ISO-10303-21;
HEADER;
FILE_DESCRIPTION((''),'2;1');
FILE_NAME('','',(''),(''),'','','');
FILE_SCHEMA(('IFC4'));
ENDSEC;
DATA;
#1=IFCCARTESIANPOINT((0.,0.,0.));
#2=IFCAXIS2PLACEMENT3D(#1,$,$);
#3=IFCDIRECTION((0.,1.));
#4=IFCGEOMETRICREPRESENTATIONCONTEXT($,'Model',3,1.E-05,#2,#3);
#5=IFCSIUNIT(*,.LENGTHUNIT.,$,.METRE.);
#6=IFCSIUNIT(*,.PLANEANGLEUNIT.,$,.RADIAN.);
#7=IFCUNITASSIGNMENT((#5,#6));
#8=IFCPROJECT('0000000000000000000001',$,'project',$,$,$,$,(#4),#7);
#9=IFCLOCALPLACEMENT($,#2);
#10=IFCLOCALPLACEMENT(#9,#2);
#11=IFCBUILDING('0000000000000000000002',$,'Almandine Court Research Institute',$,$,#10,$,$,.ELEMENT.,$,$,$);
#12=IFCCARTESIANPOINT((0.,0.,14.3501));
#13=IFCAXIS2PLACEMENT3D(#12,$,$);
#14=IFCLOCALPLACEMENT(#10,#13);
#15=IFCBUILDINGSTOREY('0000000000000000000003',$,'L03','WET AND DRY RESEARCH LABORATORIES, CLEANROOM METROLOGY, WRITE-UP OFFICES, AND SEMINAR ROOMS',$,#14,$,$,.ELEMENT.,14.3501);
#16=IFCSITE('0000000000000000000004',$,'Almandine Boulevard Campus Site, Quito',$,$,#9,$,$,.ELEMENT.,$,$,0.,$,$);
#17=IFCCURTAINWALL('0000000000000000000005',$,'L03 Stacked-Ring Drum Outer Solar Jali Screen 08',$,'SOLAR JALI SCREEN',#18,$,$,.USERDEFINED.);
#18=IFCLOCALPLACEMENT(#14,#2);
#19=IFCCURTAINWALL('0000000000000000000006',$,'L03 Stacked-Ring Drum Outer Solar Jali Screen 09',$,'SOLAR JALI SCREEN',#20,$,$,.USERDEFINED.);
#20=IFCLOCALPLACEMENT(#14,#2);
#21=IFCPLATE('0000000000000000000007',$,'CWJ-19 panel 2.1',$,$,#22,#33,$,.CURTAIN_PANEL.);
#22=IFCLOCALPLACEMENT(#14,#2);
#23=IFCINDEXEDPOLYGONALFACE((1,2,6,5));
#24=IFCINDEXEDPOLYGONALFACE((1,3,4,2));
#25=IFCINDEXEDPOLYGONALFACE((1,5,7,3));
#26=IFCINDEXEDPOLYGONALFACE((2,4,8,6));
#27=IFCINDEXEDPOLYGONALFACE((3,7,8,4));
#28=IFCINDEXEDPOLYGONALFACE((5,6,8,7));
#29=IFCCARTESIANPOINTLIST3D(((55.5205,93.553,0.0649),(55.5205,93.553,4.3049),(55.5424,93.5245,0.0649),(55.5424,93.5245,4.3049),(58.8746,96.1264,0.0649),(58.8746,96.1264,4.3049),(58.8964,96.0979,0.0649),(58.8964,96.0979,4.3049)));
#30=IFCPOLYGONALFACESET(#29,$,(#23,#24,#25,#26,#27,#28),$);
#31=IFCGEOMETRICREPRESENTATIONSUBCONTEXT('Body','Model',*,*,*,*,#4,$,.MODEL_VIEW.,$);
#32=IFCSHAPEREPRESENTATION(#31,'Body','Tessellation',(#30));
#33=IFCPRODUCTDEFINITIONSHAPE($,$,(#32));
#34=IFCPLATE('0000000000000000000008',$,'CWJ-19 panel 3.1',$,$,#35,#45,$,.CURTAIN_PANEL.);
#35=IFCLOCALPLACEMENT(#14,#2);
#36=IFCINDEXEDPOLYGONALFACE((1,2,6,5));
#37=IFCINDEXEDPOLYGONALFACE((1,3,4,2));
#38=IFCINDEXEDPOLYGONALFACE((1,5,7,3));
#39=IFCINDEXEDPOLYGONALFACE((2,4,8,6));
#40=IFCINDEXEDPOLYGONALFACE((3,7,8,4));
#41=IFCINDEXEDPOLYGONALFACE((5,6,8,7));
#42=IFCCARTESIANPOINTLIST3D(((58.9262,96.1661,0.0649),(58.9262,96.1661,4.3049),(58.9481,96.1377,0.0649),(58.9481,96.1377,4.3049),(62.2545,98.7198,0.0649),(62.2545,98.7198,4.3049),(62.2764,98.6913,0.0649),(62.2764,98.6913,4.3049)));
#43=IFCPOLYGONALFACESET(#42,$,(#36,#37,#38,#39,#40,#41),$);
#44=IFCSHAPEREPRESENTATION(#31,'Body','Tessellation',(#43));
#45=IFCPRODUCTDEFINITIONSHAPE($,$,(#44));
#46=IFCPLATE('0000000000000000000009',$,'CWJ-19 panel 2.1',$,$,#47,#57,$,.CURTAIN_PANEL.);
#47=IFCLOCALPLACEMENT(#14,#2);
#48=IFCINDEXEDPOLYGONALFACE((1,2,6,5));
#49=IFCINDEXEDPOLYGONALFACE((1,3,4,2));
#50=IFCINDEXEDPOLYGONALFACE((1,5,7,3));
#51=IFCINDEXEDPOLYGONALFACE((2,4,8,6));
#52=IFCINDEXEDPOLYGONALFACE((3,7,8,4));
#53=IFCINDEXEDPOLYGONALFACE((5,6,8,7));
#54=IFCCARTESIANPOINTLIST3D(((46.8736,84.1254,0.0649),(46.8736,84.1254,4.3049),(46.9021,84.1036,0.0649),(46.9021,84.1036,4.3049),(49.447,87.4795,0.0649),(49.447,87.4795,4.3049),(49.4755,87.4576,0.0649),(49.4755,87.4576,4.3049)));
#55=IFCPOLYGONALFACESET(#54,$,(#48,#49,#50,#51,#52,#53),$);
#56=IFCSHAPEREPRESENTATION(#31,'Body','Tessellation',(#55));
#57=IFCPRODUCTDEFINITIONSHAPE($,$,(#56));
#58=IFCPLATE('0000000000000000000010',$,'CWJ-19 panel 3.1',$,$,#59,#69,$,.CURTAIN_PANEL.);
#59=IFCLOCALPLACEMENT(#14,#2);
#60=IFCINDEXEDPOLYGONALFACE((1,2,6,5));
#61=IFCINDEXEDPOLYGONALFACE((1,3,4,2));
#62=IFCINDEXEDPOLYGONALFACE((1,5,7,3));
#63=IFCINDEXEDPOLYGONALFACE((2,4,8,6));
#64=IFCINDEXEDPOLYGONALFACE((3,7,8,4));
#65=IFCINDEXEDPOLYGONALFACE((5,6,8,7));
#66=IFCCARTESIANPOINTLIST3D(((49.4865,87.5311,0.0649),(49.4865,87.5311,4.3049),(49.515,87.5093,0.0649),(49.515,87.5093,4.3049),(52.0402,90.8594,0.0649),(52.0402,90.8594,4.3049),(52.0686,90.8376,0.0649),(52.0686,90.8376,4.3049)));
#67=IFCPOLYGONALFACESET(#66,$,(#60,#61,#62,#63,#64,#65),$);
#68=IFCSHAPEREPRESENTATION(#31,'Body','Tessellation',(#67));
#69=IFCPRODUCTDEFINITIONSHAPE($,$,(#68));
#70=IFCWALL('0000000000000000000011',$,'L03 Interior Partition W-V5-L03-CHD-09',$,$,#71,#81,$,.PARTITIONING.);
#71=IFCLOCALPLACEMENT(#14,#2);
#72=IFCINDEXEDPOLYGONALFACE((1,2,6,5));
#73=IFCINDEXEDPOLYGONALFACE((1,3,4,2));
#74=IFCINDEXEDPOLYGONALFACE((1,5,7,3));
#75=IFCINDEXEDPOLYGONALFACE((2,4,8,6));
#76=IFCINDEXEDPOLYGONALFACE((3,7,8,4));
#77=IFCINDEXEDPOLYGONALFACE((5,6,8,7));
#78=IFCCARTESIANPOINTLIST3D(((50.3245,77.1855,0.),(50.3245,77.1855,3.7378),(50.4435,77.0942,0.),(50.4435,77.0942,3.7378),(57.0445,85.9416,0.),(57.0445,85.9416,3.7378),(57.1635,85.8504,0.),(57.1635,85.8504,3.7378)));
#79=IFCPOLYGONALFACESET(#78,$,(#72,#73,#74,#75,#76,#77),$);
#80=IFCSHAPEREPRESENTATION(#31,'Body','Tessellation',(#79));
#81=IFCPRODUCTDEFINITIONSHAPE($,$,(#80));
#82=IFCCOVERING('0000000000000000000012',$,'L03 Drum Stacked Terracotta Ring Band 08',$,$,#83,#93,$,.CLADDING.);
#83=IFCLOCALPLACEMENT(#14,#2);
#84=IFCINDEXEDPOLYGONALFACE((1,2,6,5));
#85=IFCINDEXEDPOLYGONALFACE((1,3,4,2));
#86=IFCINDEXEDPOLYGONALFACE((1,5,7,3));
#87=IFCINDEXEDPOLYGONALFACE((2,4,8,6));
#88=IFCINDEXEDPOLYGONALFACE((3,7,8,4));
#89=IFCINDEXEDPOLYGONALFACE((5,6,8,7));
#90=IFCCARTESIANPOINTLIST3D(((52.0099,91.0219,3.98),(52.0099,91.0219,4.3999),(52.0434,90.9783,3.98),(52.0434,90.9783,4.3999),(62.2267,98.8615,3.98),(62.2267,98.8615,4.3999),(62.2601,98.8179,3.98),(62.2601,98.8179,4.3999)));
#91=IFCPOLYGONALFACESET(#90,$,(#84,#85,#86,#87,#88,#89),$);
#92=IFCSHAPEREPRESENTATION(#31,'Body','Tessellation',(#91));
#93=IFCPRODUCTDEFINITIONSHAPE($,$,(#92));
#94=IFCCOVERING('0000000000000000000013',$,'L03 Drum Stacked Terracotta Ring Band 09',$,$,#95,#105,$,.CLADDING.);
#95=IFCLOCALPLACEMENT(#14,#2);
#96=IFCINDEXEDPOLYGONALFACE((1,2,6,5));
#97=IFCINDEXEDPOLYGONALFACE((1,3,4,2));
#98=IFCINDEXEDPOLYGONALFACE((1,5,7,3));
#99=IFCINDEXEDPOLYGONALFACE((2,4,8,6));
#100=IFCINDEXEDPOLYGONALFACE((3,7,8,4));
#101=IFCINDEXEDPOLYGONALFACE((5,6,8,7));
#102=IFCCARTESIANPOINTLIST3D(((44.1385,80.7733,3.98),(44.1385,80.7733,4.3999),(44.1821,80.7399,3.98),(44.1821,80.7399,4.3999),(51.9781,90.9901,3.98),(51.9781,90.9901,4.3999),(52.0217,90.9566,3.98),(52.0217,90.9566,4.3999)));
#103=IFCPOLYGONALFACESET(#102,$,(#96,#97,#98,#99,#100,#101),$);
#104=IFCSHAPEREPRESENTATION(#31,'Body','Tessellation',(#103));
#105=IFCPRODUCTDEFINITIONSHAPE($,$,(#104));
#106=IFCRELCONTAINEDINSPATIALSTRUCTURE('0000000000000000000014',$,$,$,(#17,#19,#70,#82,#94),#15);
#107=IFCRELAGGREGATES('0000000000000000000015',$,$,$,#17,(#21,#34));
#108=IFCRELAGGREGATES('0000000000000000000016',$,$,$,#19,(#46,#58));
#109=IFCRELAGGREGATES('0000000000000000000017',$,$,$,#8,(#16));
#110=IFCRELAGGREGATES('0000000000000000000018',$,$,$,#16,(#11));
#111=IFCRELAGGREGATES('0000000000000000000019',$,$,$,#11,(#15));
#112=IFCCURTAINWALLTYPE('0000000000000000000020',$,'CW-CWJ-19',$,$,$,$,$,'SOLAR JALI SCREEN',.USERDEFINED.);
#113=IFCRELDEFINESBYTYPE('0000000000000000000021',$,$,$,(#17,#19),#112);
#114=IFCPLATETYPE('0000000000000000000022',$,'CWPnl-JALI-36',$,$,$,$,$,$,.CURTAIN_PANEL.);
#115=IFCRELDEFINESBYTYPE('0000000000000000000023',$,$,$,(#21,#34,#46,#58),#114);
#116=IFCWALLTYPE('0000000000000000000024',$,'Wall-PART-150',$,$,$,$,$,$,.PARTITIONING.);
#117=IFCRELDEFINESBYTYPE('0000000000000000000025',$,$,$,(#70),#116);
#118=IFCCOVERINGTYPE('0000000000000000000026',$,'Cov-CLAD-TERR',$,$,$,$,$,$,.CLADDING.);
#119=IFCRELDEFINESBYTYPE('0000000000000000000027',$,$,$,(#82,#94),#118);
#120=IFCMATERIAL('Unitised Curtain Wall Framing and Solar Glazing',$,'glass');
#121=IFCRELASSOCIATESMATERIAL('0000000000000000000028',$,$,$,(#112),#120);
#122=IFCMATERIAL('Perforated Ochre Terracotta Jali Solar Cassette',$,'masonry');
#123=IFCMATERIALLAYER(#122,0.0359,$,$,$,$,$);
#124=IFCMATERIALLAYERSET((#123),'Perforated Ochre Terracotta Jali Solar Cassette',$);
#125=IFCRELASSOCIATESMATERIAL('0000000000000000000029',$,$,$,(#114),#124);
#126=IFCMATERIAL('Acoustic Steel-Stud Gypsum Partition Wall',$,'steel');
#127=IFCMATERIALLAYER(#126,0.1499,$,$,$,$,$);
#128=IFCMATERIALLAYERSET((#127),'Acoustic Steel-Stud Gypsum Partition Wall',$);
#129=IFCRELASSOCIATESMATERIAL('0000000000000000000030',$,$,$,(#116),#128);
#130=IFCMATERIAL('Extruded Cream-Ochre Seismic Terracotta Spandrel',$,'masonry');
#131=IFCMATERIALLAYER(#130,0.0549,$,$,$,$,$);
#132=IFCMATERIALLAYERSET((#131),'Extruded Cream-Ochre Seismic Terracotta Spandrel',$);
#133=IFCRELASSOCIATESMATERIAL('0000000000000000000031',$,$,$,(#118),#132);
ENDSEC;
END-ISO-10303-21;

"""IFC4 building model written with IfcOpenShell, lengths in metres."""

from ifc_helpers import new_model, si_unit, direction, frame, frame_2d, origin, origin_2d, place, context, subcontext, project, spatial, rectangle, extrude, material, layer, layer_set, type_object, element, aggregate, save


model = new_model("IFC4")

# Units and contexts
model_context = context("Model", 3, precision=1e-05, world=origin(), true_north=direction((0.0, 1.0)))
body_context = subcontext(model_context, "Body", "Model", "MODEL_VIEW")
ifc_project = project(units=[si_unit("LENGTHUNIT", "METRE"), si_unit("PLANEANGLEUNIT", "RADIAN")], contexts=[model_context])

# Site, building, storey
site_placement = place(None, origin())
site = spatial("IfcSite", under=ifc_project, at=site_placement, Name="Almandine Boulevard Campus Site, Quito", CompositionType="ELEMENT", RefElevation=0.0)
building_placement = place(site_placement, origin())
building = spatial("IfcBuilding", under=site, at=building_placement, Name="Almandine Court Research Institute", CompositionType="ELEMENT")
storey_placement = place(building_placement, frame((0.0, 0.0, 14.3501)))
storey = spatial("IfcBuildingStorey", under=building, at=storey_placement, Name="L03", Description="WET AND DRY RESEARCH LABORATORIES, CLEANROOM METROLOGY, WRITE-UP OFFICES, AND SEMINAR ROOMS", CompositionType="ELEMENT", Elevation=14.3501)

# Curtain walls
ifc_material_1 = material(Name="Unitised Curtain Wall Framing and Solar Glazing", Category="glass")
curtain_wall_type = type_object("IfcCurtainWallType", Name="CW-CWJ-19", ElementType="SOLAR JALI SCREEN", PredefinedType="USERDEFINED", material=ifc_material_1)
curtain_wall_1_placement = place(storey_placement, origin())
curtain_wall_1 = element("IfcCurtainWall", 1, at=curtain_wall_1_placement, inside=storey, type_object=curtain_wall_type, Name="L03 Stacked-Ring Drum Outer Solar Jali Screen 08", ObjectType="SOLAR JALI SCREEN", PredefinedType="USERDEFINED")
curtain_wall_2_placement = place(storey_placement, origin())
curtain_wall_2 = element("IfcCurtainWall", 2, at=curtain_wall_2_placement, inside=storey, type_object=curtain_wall_type, Name="L03 Stacked-Ring Drum Outer Solar Jali Screen 09", ObjectType="SOLAR JALI SCREEN", PredefinedType="USERDEFINED")

# Plates
ifc_material_2 = material(Name="Perforated Ochre Terracotta Jali Solar Cassette", Category="masonry")
ifc_layer_1 = layer(ifc_material_2, 0.0359)
ifc_layer_set_1 = layer_set([ifc_layer_1], Name="Perforated Ochre Terracotta Jali Solar Cassette")
plate_type = type_object("IfcPlateType", Name="CWPnl-JALI-36", PredefinedType="CURTAIN_PANEL", material=ifc_layer_set_1)
plate_1_placement = place(storey_placement, frame((57.2085, 94.8254, 0.0649), z_axis=(0.0, 0.0, 1.0), x_axis=(0.793383, 0.608723, 0.0)))
plate_1 = element("IfcPlate", 3, at=plate_1_placement, type_object=plate_type, Name="CWJ-19 panel 2.1", PredefinedType="CURTAIN_PANEL", context=body_context, shape_type="SweptSolid", body=[
    extrude(rectangle(XDim=4.2275, YDim=0.0359, at=origin_2d()), origin(), (0.0, 0.0, 1.0), 4.24),
])
plate_2_placement = place(storey_placement, frame((60.6013, 97.4287, 0.0649), z_axis=(0.0, 0.0, 1.0), x_axis=(0.793383, 0.608723, 0.0)))
plate_2 = element("IfcPlate", 4, at=plate_2_placement, type_object=plate_type, Name="CWJ-19 panel 3.1", PredefinedType="CURTAIN_PANEL", context=body_context, shape_type="SweptSolid", body=[
    extrude(rectangle(XDim=4.1951, YDim=0.0359, at=origin_2d()), origin(), (0.0, 0.0, 1.0), 4.24),
])
aggregate(curtain_wall_1, [plate_1, plate_2])
plate_3_placement = place(storey_placement, frame((48.1746, 85.7915, 0.0649), z_axis=(0.0, 0.0, 1.0), x_axis=(0.608723, 0.793383, 0.0)))
plate_3 = element("IfcPlate", 5, at=plate_3_placement, type_object=plate_type, Name="CWJ-19 panel 2.1", PredefinedType="CURTAIN_PANEL", context=body_context, shape_type="SweptSolid", body=[
    extrude(rectangle(XDim=4.2275, YDim=0.0359, at=origin_2d()), origin(), (0.0, 0.0, 1.0), 4.24),
])
plate_4_placement = place(storey_placement, frame((50.7776, 89.1843, 0.0649), z_axis=(0.0, 0.0, 1.0), x_axis=(0.608723, 0.793383, 0.0)))
plate_4 = element("IfcPlate", 6, at=plate_4_placement, type_object=plate_type, Name="CWJ-19 panel 3.1", PredefinedType="CURTAIN_PANEL", context=body_context, shape_type="SweptSolid", body=[
    extrude(rectangle(XDim=4.1951, YDim=0.0359, at=origin_2d()), origin(), (0.0, 0.0, 1.0), 4.24),
])
aggregate(curtain_wall_2, [plate_3, plate_4])

# Wall
ifc_material_3 = material(Name="Acoustic Steel-Stud Gypsum Partition Wall", Category="steel")
ifc_layer_2 = layer(ifc_material_3, 0.1499)
ifc_layer_set_2 = layer_set([ifc_layer_2], Name="Acoustic Steel-Stud Gypsum Partition Wall")
wall_type = type_object("IfcWallType", Name="Wall-PART-150", PredefinedType="PARTITIONING", material=ifc_layer_set_2)
wall_placement = place(storey_placement, frame((57.104, 85.896, 0.0), z_axis=(0.0, 0.0, 1.0), x_axis=(-0.608828, -0.793302, 0.0)))
element("IfcWall", 7, at=wall_placement, inside=storey, type_object=wall_type, Name="L03 Interior Partition W-V5-L03-CHD-09", PredefinedType="PARTITIONING", context=body_context, shape_type="SweptSolid", body=[
    extrude(rectangle(XDim=11.0376, YDim=0.1499, at=frame_2d((5.5188, 0.0))), origin(), (0.0, 0.0, 1.0), 3.7378),
])

# Coverings
ifc_material_4 = material(Name="Extruded Cream-Ochre Seismic Terracotta Spandrel", Category="masonry")
ifc_layer_3 = layer(ifc_material_4, 0.0549)
ifc_layer_set_3 = layer_set([ifc_layer_3], Name="Extruded Cream-Ochre Seismic Terracotta Spandrel")
covering_type = type_object("IfcCoveringType", Name="Cov-CLAD-TERR", PredefinedType="CLADDING", material=ifc_layer_set_3)
for number, where, z_axis, x_axis, name in (
    (8, (57.135, 94.9199, 3.98), (0.0, 0.0, 1.0), (0.793353, 0.608761, 0.0), "L03 Drum Stacked Terracotta Ring Band 08"),
    (9, (48.0801, 85.865, 3.98), (0.0, 0.0, 1.0), (0.608761, 0.793353, 0.0), "L03 Drum Stacked Terracotta Ring Band 09"),
):
    element("IfcCovering", number, at=place(storey_placement, frame(where, z_axis=z_axis, x_axis=x_axis)), inside=storey, type_object=covering_type, Name=name, PredefinedType="CLADDING", context=body_context, shape_type="SweptSolid", body=[
        extrude(rectangle(XDim=12.8779, YDim=0.0549, at=origin_2d()), origin(), (0.0, 0.0, 1.0), 0.4199),
    ])

save(model, "model.ifc")
